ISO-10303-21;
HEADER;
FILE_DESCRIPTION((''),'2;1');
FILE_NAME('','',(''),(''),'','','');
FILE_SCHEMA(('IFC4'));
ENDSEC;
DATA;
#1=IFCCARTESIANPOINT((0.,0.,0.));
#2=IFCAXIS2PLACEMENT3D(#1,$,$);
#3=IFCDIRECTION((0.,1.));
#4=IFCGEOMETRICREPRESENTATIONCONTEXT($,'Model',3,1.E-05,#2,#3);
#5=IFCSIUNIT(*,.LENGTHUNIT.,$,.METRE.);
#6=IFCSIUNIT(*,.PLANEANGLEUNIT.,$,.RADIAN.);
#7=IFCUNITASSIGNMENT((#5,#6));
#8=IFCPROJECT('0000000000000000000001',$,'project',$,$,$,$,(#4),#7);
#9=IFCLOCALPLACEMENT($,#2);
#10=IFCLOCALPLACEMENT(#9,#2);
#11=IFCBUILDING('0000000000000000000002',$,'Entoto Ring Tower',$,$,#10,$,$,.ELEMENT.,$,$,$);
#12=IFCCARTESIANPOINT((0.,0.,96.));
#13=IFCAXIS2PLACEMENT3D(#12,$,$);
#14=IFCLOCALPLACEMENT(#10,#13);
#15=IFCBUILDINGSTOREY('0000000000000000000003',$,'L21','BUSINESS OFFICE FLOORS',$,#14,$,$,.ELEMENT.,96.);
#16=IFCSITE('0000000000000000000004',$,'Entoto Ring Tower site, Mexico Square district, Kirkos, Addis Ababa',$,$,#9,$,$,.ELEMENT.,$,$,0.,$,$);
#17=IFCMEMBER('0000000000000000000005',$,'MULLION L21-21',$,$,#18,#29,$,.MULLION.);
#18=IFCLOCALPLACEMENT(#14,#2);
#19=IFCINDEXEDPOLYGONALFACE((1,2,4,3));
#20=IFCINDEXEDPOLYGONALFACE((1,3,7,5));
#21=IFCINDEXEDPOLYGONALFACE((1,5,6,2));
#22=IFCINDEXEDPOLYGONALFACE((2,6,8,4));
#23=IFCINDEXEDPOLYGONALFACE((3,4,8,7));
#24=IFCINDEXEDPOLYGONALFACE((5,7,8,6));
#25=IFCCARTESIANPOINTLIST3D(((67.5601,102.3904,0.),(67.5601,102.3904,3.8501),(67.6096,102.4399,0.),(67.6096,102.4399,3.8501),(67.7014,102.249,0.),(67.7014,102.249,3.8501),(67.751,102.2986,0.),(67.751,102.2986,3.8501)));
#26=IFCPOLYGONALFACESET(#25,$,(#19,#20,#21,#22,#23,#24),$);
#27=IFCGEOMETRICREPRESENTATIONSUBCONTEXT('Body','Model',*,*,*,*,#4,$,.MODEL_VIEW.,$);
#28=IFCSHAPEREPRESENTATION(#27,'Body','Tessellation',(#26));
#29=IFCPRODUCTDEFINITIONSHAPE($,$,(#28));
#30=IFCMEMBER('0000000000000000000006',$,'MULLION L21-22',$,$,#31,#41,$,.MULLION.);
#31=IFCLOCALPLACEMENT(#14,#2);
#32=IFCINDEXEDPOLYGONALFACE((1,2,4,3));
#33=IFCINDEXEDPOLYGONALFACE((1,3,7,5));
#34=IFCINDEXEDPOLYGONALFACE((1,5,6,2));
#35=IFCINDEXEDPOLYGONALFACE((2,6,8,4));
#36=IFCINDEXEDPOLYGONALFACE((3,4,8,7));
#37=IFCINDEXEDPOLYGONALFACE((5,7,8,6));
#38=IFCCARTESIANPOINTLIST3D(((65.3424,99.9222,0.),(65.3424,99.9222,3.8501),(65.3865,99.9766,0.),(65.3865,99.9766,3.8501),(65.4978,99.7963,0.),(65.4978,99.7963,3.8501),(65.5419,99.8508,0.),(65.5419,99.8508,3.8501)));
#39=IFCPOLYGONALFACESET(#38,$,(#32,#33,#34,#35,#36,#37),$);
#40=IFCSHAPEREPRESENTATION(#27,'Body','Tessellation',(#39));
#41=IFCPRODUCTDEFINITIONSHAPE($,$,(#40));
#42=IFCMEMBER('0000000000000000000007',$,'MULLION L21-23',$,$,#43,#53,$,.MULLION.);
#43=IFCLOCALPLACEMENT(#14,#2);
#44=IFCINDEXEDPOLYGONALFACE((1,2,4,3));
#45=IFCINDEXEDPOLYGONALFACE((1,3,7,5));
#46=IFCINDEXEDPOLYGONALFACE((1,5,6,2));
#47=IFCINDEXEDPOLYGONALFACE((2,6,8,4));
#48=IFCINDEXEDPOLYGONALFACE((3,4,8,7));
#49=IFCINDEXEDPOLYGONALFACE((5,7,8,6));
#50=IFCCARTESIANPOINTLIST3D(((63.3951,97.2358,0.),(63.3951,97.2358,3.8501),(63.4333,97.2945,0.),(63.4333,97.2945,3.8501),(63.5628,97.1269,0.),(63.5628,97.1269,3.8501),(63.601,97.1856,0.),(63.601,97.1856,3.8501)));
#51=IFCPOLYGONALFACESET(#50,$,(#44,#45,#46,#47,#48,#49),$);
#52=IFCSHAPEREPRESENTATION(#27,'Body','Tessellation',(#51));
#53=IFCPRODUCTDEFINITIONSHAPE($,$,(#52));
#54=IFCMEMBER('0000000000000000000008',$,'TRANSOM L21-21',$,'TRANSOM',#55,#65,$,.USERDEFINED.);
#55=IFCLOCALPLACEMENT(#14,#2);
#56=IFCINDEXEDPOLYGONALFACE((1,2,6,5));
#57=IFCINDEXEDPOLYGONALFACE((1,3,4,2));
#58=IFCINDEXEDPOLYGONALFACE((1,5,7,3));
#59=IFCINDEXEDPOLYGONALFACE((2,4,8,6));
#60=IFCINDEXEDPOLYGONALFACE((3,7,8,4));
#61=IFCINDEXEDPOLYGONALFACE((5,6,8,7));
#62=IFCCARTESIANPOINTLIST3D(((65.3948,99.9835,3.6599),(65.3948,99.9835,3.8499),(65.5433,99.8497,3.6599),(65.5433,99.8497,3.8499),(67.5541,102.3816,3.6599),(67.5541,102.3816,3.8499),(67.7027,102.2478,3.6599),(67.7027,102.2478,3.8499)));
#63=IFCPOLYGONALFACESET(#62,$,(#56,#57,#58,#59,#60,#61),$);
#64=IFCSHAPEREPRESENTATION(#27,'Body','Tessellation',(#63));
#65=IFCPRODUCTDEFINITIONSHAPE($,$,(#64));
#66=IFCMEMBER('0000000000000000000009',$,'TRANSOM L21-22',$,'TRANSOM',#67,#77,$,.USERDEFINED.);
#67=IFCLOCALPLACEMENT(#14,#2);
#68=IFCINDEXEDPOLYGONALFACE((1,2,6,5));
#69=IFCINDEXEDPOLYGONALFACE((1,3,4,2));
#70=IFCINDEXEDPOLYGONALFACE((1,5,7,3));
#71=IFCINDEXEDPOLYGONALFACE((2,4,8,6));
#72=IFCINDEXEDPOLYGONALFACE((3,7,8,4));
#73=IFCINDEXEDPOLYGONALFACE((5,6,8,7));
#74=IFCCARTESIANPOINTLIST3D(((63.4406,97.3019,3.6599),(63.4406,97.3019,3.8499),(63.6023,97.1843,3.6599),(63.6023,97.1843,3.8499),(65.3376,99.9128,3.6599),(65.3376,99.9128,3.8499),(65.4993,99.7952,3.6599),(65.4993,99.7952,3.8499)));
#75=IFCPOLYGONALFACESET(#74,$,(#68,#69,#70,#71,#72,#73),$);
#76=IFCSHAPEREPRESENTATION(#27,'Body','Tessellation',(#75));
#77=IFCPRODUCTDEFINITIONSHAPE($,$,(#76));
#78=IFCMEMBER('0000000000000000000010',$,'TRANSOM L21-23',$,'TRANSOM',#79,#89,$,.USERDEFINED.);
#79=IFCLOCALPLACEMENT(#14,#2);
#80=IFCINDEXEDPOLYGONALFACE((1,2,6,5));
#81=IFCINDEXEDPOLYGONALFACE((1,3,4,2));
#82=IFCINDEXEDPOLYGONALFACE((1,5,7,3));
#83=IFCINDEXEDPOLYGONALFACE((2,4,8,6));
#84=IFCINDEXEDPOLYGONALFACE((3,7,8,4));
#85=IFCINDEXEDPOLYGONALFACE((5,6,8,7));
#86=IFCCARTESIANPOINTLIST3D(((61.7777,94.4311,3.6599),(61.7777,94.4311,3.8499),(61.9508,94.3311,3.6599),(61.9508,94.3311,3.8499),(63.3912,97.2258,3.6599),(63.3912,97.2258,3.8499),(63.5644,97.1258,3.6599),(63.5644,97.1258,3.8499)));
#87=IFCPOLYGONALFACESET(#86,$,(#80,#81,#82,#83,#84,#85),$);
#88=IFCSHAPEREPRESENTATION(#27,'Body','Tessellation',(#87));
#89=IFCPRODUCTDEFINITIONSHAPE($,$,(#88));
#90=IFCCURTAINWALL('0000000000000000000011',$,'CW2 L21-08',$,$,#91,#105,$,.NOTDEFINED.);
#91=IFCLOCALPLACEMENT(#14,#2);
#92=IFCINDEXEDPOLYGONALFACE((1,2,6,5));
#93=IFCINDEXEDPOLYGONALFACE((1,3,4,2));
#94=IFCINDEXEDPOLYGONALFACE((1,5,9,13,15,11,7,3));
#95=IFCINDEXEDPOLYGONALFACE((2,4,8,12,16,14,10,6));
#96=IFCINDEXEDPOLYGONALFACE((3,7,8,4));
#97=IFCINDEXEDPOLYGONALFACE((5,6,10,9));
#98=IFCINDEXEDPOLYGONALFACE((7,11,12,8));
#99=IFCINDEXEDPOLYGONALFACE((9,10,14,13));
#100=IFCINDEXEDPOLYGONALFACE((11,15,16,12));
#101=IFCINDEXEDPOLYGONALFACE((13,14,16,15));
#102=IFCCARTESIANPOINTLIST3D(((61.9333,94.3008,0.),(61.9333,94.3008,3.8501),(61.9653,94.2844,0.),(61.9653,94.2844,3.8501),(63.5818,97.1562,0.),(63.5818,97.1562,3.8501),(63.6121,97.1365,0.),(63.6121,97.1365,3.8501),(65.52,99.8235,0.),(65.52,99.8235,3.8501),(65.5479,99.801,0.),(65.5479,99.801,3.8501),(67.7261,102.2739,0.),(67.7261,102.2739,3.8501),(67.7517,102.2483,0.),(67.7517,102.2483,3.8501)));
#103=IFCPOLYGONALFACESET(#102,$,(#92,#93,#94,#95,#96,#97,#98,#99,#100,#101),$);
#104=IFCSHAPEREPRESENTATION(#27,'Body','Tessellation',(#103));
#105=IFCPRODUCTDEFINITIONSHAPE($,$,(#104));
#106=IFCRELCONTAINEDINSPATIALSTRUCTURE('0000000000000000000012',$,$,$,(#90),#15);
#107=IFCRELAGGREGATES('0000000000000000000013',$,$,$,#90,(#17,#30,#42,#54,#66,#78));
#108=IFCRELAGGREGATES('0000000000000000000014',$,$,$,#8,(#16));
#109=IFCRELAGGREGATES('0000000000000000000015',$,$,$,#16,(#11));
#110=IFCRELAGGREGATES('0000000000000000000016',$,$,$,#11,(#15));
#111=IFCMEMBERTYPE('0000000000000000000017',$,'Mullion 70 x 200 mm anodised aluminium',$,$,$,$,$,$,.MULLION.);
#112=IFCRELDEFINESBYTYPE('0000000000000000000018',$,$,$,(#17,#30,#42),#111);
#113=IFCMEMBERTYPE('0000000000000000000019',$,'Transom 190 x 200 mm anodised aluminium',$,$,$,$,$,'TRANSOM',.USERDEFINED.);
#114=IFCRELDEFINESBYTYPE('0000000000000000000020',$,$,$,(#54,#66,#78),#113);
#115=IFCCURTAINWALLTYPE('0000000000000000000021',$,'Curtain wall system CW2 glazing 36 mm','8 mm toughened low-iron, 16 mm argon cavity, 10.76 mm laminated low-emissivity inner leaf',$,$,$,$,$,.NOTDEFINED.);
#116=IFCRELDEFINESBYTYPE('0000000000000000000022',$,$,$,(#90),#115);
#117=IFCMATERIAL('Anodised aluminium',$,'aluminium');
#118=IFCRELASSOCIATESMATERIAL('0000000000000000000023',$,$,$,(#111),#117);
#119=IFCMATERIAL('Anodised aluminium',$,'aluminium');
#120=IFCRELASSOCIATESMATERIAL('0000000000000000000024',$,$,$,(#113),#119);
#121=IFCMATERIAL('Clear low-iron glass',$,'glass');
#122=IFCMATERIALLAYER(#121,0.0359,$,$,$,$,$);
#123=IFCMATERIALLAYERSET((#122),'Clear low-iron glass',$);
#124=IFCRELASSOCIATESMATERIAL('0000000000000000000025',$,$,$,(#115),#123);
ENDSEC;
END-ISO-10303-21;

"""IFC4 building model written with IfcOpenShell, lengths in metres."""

from ifc_helpers import new_model, si_unit, direction, frame, origin, origin_2d, place, context, subcontext, project, spatial, polyline, rectangle, outline, extrude, material, layer, layer_set, material_profile, profile_set, type_object, element, aggregate, save


model = new_model("IFC4")

# Units and contexts
model_context = context("Model", 3, precision=1e-05, world=origin(), true_north=direction((0.0, 1.0)))
body_context = subcontext(model_context, "Body", "Model", "MODEL_VIEW")
ifc_project = project(units=[si_unit("LENGTHUNIT", "METRE"), si_unit("PLANEANGLEUNIT", "RADIAN")], contexts=[model_context])

# Members
ifc_material_1 = material(Name="Anodised aluminium", Category="aluminium")
ifc_material_profile_1 = material_profile(ifc_material_1, rectangle(XDim=0.0701, YDim=0.2, at=origin_2d()), Name="Mullion 70 x 200 mm anodised aluminium")
ifc_profile_set_1 = profile_set([ifc_material_profile_1], Name="Anodised aluminium")
member_type_1 = type_object("IfcMemberType", Name="Mullion 70 x 200 mm anodised aluminium", PredefinedType="MULLION", material=ifc_profile_set_1)
site_placement = place(None, origin())
building_placement = place(site_placement, origin())
storey_placement = place(building_placement, frame((0.0, 0.0, 96.0)))
member_1_placement = place(storey_placement, frame((67.6555, 102.3445, 0.0), z_axis=(0.0, 0.0, 1.0), x_axis=(-0.707107, -0.707107, 0.0)))
member_1 = element("IfcMember", 1, at=member_1_placement, type_object=member_type_1, Name="MULLION L21-21", PredefinedType="MULLION", context=body_context, shape_type="SweptSolid", body=[
    extrude(rectangle(XDim=0.0701, YDim=0.2, at=origin_2d()), origin(), (0.0, 0.0, 1.0), 3.8501),
])
member_2_placement = place(storey_placement, frame((65.4421, 99.8865, 0.0), z_axis=(0.0, 0.0, 1.0), x_axis=(-0.62932, -0.777146, 0.0)))
member_2 = element("IfcMember", 2, at=member_2_placement, type_object=member_type_1, Name="MULLION L21-22", PredefinedType="MULLION", context=body_context, shape_type="SweptSolid", body=[
    extrude(rectangle(XDim=0.0701, YDim=0.2, at=origin_2d()), origin(), (0.0, 0.0, 1.0), 3.8501),
])
member_3_placement = place(storey_placement, frame((63.498, 97.2107, 0.0), z_axis=(0.0, 0.0, 1.0), x_axis=(-0.544639, -0.838671, 0.0)))
member_3 = element("IfcMember", 3, at=member_3_placement, type_object=member_type_1, Name="MULLION L21-23", PredefinedType="MULLION", context=body_context, shape_type="SweptSolid", body=[
    extrude(rectangle(XDim=0.0701, YDim=0.2, at=origin_2d()), origin(), (0.0, 0.0, 1.0), 3.8501),
])
ifc_material_2 = material(Name="Anodised aluminium", Category="aluminium")
ifc_material_profile_2 = material_profile(ifc_material_2, rectangle(XDim=0.2, YDim=0.1899, at=origin_2d()), Name="Transom 190 x 200 mm anodised aluminium")
ifc_profile_set_2 = profile_set([ifc_material_profile_2], Name="Anodised aluminium")
member_type_2 = type_object("IfcMemberType", Name="Transom 190 x 200 mm anodised aluminium", ElementType="TRANSOM", PredefinedType="USERDEFINED", material=ifc_profile_set_2)
member_4_placement = place(storey_placement, frame((67.6284, 102.3147, 3.7549), z_axis=(-0.669144, -0.743132, 0.0), x_axis=(0.743132, -0.669144, 0.0)))
member_4 = element("IfcMember", 4, at=member_4_placement, type_object=member_type_2, Name="TRANSOM L21-21", ObjectType="TRANSOM", PredefinedType="USERDEFINED", context=body_context, shape_type="SweptSolid", body=[
    extrude(rectangle(XDim=0.2, YDim=0.1899, at=origin_2d()), origin(), (0.0, 0.0, 1.0), 3.2271),
])
member_5_placement = place(storey_placement, frame((65.4185, 99.854, 3.7549), z_axis=(-0.587803, -0.809004, 0.0), x_axis=(0.809004, -0.587803, 0.0)))
member_5 = element("IfcMember", 5, at=member_5_placement, type_object=member_type_2, Name="TRANSOM L21-22", ObjectType="TRANSOM", PredefinedType="USERDEFINED", context=body_context, shape_type="SweptSolid", body=[
    extrude(rectangle(XDim=0.2, YDim=0.1899, at=origin_2d()), origin(), (0.0, 0.0, 1.0), 3.2273),
])
member_6_placement = place(storey_placement, frame((63.4778, 97.1758, 3.7549), z_axis=(-0.500004, -0.866023, 0.0), x_axis=(0.866023, -0.500004, 0.0)))
member_6 = element("IfcMember", 6, at=member_6_placement, type_object=member_type_2, Name="TRANSOM L21-23", ObjectType="TRANSOM", PredefinedType="USERDEFINED", context=body_context, shape_type="SweptSolid", body=[
    extrude(rectangle(XDim=0.2, YDim=0.1899, at=origin_2d()), origin(), (0.0, 0.0, 1.0), 3.2271),
])

# Site, building, storey
site = spatial("IfcSite", under=ifc_project, at=site_placement, Name="Entoto Ring Tower site, Mexico Square district, Kirkos, Addis Ababa", CompositionType="ELEMENT", RefElevation=0.0)
building = spatial("IfcBuilding", under=site, at=building_placement, Name="Entoto Ring Tower", CompositionType="ELEMENT")
storey = spatial("IfcBuildingStorey", under=building, at=storey_placement, Name="L21", Description="BUSINESS OFFICE FLOORS", CompositionType="ELEMENT", Elevation=96.0)

# Curtain wall
ifc_material_3 = material(Name="Clear low-iron glass", Category="glass")
ifc_layer = layer(ifc_material_3, 0.0359)
ifc_layer_set = layer_set([ifc_layer], Name="Clear low-iron glass")
curtain_wall_type = type_object("IfcCurtainWallType", Name="Curtain wall system CW2 glazing 36 mm", Description="8 mm toughened low-iron, 16 mm argon cavity, 10.76 mm laminated low-emissivity inner leaf", PredefinedType="NOTDEFINED", material=ifc_layer_set)
curtain_wall_1_placement = place(storey_placement, origin())
curtain_wall_1 = element("IfcCurtainWall", 7, at=curtain_wall_1_placement, inside=storey, type_object=curtain_wall_type, Name="CW2 L21-08", PredefinedType="NOTDEFINED", context=body_context, shape_type="SweptSolid", body=[
    extrude(outline(polyline([(67.7261, 102.2739), (65.52, 99.8235), (63.5818, 97.1562), (61.9333, 94.3008), (61.9653, 94.2844), (63.6121, 97.1365), (65.5479, 99.801), (67.7517, 102.2483), (67.7261, 102.2739)])), origin(), (0.0, 0.0, 1.0), 3.8501),
])
aggregate(curtain_wall_1, [member_1, member_2, member_3, member_4, member_5, member_6])

save(model, "model.ifc")
